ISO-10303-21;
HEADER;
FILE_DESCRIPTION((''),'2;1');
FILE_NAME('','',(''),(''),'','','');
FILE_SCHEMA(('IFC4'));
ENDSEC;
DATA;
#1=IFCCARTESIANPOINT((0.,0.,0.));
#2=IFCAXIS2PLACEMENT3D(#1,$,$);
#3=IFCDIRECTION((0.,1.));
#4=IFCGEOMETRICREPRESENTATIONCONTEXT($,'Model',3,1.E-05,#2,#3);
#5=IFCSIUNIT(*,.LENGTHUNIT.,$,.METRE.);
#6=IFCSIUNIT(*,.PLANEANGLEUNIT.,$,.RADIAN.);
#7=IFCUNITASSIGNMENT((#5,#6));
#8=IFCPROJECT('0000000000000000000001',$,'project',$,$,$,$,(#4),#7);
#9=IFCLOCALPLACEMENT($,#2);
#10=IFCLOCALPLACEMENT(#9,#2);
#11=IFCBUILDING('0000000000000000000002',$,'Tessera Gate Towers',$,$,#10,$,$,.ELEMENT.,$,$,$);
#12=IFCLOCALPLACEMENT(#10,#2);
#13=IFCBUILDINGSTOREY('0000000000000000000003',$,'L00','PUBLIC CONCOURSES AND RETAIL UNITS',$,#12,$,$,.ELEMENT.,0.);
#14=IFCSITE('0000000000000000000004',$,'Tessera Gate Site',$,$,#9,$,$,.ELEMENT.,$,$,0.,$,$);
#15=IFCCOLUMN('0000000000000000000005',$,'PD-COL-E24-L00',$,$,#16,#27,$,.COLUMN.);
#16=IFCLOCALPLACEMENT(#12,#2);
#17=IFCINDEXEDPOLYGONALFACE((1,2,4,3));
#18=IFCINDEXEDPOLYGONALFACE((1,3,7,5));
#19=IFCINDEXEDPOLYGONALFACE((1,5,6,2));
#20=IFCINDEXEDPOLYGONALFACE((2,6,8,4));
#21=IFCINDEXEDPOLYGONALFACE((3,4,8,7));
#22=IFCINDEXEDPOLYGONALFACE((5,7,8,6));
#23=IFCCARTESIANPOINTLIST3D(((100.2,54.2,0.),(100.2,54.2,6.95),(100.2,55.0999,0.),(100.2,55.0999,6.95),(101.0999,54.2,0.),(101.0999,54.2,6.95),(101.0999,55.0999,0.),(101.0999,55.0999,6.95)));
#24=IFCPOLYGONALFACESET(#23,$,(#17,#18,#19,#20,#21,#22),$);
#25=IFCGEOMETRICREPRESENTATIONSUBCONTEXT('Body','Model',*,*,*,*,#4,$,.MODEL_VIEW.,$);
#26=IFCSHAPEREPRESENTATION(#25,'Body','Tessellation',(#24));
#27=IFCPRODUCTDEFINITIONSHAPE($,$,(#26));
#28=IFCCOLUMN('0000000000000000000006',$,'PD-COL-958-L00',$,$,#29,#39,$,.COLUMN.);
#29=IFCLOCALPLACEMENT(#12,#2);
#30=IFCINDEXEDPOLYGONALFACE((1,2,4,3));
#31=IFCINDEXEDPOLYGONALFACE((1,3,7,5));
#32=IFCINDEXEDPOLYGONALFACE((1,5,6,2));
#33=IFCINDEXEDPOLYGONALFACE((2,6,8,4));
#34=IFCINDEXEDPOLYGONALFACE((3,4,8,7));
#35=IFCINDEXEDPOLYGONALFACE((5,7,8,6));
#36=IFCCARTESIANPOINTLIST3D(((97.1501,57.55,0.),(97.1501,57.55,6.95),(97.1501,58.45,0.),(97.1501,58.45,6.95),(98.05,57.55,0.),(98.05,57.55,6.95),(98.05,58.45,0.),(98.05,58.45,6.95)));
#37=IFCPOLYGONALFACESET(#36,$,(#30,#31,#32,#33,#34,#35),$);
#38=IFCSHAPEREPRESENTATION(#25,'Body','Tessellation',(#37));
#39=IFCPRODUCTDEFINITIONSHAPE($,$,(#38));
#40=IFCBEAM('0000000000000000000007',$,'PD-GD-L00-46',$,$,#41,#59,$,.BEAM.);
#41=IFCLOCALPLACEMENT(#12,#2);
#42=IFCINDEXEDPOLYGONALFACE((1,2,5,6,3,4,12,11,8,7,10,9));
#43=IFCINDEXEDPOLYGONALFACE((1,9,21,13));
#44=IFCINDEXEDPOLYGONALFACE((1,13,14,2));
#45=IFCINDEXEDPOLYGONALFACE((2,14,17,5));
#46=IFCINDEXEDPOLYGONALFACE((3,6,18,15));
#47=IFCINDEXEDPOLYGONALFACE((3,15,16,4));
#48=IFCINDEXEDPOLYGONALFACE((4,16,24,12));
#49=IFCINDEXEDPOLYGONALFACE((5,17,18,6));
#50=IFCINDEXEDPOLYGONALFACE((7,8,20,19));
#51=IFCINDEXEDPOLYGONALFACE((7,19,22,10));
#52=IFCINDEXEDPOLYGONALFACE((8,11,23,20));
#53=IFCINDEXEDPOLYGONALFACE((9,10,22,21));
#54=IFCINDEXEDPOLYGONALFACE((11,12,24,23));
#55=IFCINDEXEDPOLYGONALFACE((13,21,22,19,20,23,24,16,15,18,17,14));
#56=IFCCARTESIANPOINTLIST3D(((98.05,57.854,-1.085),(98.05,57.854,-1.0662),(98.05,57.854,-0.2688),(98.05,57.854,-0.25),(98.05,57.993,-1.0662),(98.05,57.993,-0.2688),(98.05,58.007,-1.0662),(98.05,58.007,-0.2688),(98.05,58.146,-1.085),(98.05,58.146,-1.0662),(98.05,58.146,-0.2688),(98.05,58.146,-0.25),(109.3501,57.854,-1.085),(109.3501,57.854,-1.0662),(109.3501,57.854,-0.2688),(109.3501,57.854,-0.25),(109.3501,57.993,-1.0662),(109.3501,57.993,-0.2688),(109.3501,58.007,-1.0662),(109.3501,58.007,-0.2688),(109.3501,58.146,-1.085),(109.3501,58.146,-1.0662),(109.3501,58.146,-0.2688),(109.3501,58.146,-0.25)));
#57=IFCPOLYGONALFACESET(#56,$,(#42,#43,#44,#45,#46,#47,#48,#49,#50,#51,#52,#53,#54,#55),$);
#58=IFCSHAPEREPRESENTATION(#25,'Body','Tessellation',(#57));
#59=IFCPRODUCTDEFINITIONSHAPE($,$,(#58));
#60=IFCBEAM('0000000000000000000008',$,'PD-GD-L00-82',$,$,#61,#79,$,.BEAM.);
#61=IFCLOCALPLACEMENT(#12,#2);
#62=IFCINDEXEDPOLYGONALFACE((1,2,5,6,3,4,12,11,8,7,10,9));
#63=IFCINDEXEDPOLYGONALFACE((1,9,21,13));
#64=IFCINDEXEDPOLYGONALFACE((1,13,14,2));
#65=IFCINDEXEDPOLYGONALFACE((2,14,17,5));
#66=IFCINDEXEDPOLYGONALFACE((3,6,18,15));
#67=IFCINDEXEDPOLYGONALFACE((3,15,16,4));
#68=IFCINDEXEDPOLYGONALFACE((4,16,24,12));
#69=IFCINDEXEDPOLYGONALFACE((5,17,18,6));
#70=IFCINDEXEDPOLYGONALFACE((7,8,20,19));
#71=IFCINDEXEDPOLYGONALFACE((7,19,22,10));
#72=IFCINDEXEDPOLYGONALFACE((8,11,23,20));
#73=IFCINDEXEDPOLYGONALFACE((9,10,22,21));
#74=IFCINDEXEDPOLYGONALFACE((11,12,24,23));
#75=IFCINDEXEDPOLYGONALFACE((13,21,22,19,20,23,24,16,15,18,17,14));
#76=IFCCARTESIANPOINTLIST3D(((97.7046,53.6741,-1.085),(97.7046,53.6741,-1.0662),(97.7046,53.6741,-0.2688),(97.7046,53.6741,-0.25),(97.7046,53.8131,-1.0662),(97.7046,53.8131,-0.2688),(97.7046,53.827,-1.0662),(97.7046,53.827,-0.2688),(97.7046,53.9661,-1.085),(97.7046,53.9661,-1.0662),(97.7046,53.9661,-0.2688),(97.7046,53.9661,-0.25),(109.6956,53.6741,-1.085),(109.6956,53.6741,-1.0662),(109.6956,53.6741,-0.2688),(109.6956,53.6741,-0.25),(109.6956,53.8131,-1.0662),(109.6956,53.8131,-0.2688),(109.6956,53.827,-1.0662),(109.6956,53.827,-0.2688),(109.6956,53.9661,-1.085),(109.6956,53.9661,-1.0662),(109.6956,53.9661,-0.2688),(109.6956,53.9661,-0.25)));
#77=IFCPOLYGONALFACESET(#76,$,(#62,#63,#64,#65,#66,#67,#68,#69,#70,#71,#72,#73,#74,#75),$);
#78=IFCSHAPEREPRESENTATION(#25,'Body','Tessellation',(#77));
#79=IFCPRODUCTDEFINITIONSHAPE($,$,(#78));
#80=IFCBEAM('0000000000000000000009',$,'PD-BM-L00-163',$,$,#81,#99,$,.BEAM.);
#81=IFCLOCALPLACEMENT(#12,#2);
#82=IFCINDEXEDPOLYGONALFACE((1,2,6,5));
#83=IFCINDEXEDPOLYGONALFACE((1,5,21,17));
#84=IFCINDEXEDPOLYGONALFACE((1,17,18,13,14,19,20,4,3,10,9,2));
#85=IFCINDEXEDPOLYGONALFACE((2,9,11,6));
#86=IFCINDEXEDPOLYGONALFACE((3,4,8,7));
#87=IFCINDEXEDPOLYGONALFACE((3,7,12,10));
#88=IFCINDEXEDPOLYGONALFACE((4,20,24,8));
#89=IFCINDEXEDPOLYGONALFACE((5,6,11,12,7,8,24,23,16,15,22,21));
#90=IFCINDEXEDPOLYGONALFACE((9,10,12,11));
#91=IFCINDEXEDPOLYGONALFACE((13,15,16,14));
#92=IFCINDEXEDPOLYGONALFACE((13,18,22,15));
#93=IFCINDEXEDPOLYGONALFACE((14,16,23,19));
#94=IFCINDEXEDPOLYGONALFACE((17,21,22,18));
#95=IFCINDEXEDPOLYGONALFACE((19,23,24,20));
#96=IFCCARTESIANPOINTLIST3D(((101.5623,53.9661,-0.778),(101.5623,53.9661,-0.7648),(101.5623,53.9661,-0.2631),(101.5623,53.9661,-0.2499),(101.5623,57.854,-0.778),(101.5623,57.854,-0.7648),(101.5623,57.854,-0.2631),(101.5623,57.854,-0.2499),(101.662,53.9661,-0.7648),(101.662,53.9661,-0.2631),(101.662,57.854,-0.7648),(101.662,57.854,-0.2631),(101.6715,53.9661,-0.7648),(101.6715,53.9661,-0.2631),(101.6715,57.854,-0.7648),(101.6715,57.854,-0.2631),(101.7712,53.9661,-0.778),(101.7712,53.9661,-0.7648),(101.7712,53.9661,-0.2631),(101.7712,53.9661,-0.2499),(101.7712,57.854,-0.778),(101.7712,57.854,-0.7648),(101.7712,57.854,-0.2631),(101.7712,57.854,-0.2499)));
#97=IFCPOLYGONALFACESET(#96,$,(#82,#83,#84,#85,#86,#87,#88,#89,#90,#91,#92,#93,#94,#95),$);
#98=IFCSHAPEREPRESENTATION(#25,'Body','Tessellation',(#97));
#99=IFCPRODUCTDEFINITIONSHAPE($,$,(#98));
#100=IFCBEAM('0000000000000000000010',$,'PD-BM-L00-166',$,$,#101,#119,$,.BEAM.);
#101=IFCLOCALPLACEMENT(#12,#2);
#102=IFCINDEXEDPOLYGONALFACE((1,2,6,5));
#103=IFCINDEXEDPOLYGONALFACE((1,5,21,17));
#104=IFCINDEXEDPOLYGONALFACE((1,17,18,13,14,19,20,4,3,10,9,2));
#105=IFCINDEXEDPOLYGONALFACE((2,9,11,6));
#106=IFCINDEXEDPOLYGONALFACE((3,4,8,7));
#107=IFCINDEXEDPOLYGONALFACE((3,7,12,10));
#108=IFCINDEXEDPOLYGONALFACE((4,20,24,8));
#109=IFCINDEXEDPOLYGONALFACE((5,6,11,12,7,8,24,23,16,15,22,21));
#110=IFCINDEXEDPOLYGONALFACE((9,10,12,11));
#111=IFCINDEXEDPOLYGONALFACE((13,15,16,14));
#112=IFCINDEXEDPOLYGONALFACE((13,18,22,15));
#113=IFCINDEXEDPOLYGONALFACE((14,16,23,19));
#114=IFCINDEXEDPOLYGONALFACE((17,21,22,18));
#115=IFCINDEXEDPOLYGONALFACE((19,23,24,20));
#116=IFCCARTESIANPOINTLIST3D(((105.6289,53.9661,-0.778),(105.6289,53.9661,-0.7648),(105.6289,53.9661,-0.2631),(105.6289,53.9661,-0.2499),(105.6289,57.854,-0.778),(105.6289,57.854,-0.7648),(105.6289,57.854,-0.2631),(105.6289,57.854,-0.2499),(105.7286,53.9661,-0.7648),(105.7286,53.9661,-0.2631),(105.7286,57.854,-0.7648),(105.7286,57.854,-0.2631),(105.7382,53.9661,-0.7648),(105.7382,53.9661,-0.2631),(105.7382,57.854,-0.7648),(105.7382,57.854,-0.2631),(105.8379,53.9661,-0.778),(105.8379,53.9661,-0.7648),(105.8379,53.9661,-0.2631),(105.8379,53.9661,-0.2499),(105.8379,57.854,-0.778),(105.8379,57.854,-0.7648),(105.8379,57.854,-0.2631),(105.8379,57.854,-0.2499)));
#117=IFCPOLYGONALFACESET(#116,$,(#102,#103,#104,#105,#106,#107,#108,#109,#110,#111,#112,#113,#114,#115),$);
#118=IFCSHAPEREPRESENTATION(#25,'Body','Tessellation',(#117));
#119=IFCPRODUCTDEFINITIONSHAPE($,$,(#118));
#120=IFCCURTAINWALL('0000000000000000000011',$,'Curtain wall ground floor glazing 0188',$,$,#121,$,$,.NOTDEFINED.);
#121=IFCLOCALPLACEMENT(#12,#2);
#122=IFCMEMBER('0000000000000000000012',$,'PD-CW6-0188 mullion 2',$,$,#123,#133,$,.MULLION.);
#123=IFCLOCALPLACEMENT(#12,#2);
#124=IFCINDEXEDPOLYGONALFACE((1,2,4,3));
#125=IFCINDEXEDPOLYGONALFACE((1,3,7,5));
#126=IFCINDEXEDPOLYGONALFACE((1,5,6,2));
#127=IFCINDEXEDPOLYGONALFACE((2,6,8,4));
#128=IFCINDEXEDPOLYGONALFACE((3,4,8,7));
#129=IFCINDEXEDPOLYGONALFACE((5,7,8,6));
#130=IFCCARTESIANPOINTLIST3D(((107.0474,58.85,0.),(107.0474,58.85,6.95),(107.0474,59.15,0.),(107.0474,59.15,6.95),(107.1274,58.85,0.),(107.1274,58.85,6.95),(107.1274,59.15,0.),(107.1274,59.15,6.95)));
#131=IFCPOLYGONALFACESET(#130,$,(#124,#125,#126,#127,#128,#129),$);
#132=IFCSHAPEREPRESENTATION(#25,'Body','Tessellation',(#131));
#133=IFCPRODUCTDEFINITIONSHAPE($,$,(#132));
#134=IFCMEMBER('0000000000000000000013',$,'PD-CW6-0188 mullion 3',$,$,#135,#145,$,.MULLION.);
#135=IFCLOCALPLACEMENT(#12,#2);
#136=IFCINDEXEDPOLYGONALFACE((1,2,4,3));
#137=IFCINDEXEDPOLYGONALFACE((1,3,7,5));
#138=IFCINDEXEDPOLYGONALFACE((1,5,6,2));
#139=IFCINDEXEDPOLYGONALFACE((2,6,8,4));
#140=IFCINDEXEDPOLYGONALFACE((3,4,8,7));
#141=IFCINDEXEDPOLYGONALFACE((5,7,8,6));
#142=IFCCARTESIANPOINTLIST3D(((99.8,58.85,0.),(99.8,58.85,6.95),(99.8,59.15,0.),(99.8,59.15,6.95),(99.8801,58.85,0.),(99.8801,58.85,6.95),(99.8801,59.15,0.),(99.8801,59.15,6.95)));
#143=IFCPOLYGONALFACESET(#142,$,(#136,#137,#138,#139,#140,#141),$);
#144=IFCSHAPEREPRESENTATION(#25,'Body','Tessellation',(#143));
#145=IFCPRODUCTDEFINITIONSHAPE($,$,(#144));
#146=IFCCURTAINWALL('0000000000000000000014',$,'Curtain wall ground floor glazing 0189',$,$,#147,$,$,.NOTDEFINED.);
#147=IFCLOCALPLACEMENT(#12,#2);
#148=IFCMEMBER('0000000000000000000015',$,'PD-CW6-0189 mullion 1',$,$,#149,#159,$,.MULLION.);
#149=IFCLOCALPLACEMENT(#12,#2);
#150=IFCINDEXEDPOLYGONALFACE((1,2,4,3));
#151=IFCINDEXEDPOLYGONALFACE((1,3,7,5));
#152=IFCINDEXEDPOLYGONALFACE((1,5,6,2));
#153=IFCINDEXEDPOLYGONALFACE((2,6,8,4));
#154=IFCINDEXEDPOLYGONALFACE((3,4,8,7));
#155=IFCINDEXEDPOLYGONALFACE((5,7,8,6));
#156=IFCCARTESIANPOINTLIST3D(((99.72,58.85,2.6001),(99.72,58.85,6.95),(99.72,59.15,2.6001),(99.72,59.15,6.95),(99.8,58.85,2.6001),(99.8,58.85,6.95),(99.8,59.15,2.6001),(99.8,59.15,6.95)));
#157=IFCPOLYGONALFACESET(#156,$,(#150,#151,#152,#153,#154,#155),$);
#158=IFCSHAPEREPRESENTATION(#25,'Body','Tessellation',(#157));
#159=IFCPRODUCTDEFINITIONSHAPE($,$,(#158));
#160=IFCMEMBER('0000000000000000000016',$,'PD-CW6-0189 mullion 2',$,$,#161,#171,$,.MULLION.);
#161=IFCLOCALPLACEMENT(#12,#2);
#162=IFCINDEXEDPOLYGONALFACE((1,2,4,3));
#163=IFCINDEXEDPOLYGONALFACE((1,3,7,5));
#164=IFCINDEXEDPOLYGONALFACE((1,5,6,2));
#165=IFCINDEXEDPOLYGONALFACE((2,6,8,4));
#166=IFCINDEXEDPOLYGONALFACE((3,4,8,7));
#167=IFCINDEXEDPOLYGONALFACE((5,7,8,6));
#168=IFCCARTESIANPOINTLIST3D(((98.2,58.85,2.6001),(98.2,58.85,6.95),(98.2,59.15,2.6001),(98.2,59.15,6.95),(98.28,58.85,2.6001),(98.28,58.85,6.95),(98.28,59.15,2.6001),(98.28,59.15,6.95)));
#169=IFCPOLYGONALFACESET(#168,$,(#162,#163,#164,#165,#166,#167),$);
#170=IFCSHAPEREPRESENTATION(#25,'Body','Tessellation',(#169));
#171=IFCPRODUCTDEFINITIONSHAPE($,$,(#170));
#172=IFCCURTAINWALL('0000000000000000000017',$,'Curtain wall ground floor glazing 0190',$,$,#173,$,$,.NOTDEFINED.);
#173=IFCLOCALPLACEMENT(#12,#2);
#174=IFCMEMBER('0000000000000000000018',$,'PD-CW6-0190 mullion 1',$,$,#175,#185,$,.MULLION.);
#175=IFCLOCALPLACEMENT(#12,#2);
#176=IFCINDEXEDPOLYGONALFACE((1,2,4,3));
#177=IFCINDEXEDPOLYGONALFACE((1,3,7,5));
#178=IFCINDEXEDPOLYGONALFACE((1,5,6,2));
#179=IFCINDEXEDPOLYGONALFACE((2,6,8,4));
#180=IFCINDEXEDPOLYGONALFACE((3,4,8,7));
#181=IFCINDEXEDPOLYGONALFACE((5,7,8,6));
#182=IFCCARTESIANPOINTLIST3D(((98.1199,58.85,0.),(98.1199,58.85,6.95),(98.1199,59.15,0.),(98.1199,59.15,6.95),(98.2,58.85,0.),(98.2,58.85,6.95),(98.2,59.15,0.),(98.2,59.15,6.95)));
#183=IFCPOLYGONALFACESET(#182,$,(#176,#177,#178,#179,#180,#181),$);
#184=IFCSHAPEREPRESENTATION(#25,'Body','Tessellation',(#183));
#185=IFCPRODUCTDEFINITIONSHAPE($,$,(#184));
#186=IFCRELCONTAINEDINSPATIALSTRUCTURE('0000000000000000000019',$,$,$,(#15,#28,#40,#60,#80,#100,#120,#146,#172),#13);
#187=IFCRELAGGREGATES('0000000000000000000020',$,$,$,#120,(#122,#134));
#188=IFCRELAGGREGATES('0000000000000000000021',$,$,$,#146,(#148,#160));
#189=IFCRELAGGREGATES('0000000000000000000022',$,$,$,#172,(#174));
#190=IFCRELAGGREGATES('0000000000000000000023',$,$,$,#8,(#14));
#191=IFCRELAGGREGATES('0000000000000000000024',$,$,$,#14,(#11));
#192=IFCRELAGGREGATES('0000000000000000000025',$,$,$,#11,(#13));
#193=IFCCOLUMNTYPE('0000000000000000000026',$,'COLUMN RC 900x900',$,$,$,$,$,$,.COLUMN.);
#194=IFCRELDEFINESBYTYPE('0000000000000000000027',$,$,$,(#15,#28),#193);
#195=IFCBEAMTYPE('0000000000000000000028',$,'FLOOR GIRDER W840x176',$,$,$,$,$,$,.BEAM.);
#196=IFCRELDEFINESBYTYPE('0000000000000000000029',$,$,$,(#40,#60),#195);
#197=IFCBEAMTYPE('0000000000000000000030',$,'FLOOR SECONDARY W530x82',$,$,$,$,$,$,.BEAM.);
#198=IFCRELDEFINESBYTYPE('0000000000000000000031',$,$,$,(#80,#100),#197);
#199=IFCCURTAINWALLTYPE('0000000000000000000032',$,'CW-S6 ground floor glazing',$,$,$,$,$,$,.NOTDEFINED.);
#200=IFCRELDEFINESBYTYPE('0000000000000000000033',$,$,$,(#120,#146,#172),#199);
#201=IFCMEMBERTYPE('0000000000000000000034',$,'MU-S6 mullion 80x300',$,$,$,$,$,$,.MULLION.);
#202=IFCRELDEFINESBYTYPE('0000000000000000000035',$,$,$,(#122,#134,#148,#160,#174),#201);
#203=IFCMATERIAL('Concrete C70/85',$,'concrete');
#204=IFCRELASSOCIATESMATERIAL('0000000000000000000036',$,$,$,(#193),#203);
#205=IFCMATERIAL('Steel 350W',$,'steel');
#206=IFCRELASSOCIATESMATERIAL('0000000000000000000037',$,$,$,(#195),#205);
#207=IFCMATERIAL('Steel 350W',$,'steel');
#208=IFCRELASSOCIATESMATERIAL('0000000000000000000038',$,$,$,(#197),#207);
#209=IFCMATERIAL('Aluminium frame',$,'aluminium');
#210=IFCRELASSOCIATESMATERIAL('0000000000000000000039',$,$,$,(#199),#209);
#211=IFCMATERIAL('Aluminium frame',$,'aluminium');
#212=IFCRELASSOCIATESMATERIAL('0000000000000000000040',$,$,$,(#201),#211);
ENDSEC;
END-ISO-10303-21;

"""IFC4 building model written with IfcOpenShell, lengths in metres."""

from ifc_helpers import new_model, si_unit, direction, frame, origin, origin_2d, place, context, subcontext, project, spatial, rectangle, i_section, extrude, material, material_profile, profile_set, type_object, element, aggregate, save


model = new_model("IFC4")

# Units and contexts
model_context = context("Model", 3, precision=1e-05, world=origin(), true_north=direction((0.0, 1.0)))
body_context = subcontext(model_context, "Body", "Model", "MODEL_VIEW")
ifc_project = project(units=[si_unit("LENGTHUNIT", "METRE"), si_unit("PLANEANGLEUNIT", "RADIAN")], contexts=[model_context])

# Site, building, storey
site_placement = place(None, origin())
site = spatial("IfcSite", under=ifc_project, at=site_placement, Name="Tessera Gate Site", CompositionType="ELEMENT", RefElevation=0.0)
building_placement = place(site_placement, origin())
building = spatial("IfcBuilding", under=site, at=building_placement, Name="Tessera Gate Towers", CompositionType="ELEMENT")
storey_placement = place(building_placement, origin())
storey = spatial("IfcBuildingStorey", under=building, at=storey_placement, Name="L00", Description="PUBLIC CONCOURSES AND RETAIL UNITS", CompositionType="ELEMENT", Elevation=0.0)

# Columns
ifc_material_1 = material(Name="Concrete C70/85", Category="concrete")
ifc_material_profile_1 = material_profile(ifc_material_1, rectangle(XDim=0.8999, YDim=0.8999, at=origin_2d()), Name="RC 900x900")
ifc_profile_set_1 = profile_set([ifc_material_profile_1], Name="Concrete C70/85")
column_type = type_object("IfcColumnType", Name="COLUMN RC 900x900", PredefinedType="COLUMN", material=ifc_profile_set_1)
for number, where, z_axis, x_axis, name in (
    (1, (100.6499, 54.6499, 0.0), (0.0, 0.0, 1.0), (1.0, 0.0, 0.0), "PD-COL-E24-L00"),
    (2, (97.6001, 58.0, 0.0), (0.0, 0.0, 1.0), (1.0, 0.0, 0.0), "PD-COL-958-L00"),
):
    element("IfcColumn", number, at=place(storey_placement, frame(where, z_axis=z_axis, x_axis=x_axis)), inside=storey, type_object=column_type, Name=name, PredefinedType="COLUMN", context=body_context, shape_type="SweptSolid", body=[
        extrude(rectangle(XDim=0.8999, YDim=0.8999, at=origin_2d()), origin(), (0.0, 0.0, 1.0), 6.95),
    ])

# Beams
ifc_material_2 = material(Name="Steel 350W", Category="steel")
ifc_material_profile_2 = material_profile(ifc_material_2, i_section(OverallWidth=0.292, OverallDepth=0.835, WebThickness=0.0139, FlangeThickness=0.0188, at=origin_2d()), Name="W840x176")
ifc_profile_set_2 = profile_set([ifc_material_profile_2], Name="Steel 350W")
beam_type_1 = type_object("IfcBeamType", Name="FLOOR GIRDER W840x176", PredefinedType="BEAM", material=ifc_profile_set_2)
beam_1_placement = place(storey_placement, frame((98.05, 58.0, -0.6675), z_axis=(1.0, 0.0, 0.0), x_axis=(0.0, 1.0, 0.0)))
element("IfcBeam", 3, at=beam_1_placement, inside=storey, type_object=beam_type_1, Name="PD-GD-L00-46", PredefinedType="BEAM", context=body_context, shape_type="SweptSolid", body=[
    extrude(i_section(OverallWidth=0.292, OverallDepth=0.835, WebThickness=0.0139, FlangeThickness=0.0188, at=origin_2d()), origin(), (0.0, 0.0, 1.0), 11.3),
])
beam_2_placement = place(storey_placement, frame((97.7046, 53.8201, -0.6675), z_axis=(1.0, 0.0, 0.0), x_axis=(0.0, 1.0, 0.0)))
element("IfcBeam", 4, at=beam_2_placement, inside=storey, type_object=beam_type_1, Name="PD-GD-L00-82", PredefinedType="BEAM", context=body_context, shape_type="SweptSolid", body=[
    extrude(i_section(OverallWidth=0.292, OverallDepth=0.835, WebThickness=0.0139, FlangeThickness=0.0188, at=origin_2d()), origin(), (0.0, 0.0, 1.0), 11.991),
])
ifc_material_3 = material(Name="Steel 350W", Category="steel")
ifc_material_profile_3 = material_profile(ifc_material_3, i_section(OverallWidth=0.209, OverallDepth=0.5281, WebThickness=0.0095, FlangeThickness=0.0132, at=origin_2d()), Name="W530x82")
ifc_profile_set_3 = profile_set([ifc_material_profile_3], Name="Steel 350W")
beam_type_2 = type_object("IfcBeamType", Name="FLOOR SECONDARY W530x82", PredefinedType="BEAM", material=ifc_profile_set_3)
for number, where, z_axis, x_axis, name in (
    (5, (101.6667, 53.9661, -0.5139), (0.0, 1.0, 0.0), (-1.0, 0.0, 0.0), "PD-BM-L00-163"),
    (6, (105.7334, 53.9661, -0.5139), (0.0, 1.0, 0.0), (-1.0, 0.0, 0.0), "PD-BM-L00-166"),
):
    element("IfcBeam", number, at=place(storey_placement, frame(where, z_axis=z_axis, x_axis=x_axis)), inside=storey, type_object=beam_type_2, Name=name, PredefinedType="BEAM", context=body_context, shape_type="SweptSolid", body=[
        extrude(i_section(OverallWidth=0.209, OverallDepth=0.5281, WebThickness=0.0095, FlangeThickness=0.0132, at=origin_2d()), origin(), (0.0, 0.0, 1.0), 3.8879),
    ])

# Curtain walls, members
ifc_material_4 = material(Name="Aluminium frame", Category="aluminium")
curtain_wall_type = type_object("IfcCurtainWallType", Name="CW-S6 ground floor glazing", PredefinedType="NOTDEFINED", material=ifc_material_4)
curtain_wall_1_placement = place(storey_placement, origin())
curtain_wall_1 = element("IfcCurtainWall", 7, at=curtain_wall_1_placement, inside=storey, type_object=curtain_wall_type, Name="Curtain wall ground floor glazing 0188", PredefinedType="NOTDEFINED")
ifc_material_5 = material(Name="Aluminium frame", Category="aluminium")
ifc_material_profile_4 = material_profile(ifc_material_5, rectangle(XDim=0.0801, YDim=0.3, at=origin_2d()), Name="AL 80x300")
ifc_profile_set_4 = profile_set([ifc_material_profile_4], Name="Aluminium frame")
member_type_1 = type_object("IfcMemberType", Name="MU-S6 mullion 80x300", PredefinedType="MULLION", material=ifc_profile_set_4)
member_1_placement = place(storey_placement, frame((107.0874, 59.0, 0.0), z_axis=(0.0, 0.0, 1.0), x_axis=(-1.0, 0.0, 0.0)))
member_1 = element("IfcMember", 8, at=member_1_placement, type_object=member_type_1, Name="PD-CW6-0188 mullion 2", PredefinedType="MULLION", context=body_context, shape_type="SweptSolid", body=[
    extrude(rectangle(XDim=0.0801, YDim=0.3, at=origin_2d()), origin(), (0.0, 0.0, 1.0), 6.95),
])
member_2_placement = place(storey_placement, frame((99.8401, 59.0, 0.0), z_axis=(0.0, 0.0, 1.0), x_axis=(-1.0, 0.0, 0.0)))
member_2 = element("IfcMember", 9, at=member_2_placement, type_object=member_type_1, Name="PD-CW6-0188 mullion 3", PredefinedType="MULLION", context=body_context, shape_type="SweptSolid", body=[
    extrude(rectangle(XDim=0.0801, YDim=0.3, at=origin_2d()), origin(), (0.0, 0.0, 1.0), 6.95),
])
curtain_wall_2_placement = place(storey_placement, origin())
curtain_wall_2 = element("IfcCurtainWall", 10, at=curtain_wall_2_placement, inside=storey, type_object=curtain_wall_type, Name="Curtain wall ground floor glazing 0189", PredefinedType="NOTDEFINED")
member_3_placement = place(storey_placement, frame((99.76, 59.0, 2.6001), z_axis=(0.0, 0.0, 1.0), x_axis=(-1.0, 0.0, 0.0)))
member_3 = element("IfcMember", 11, at=member_3_placement, type_object=member_type_1, Name="PD-CW6-0189 mullion 1", PredefinedType="MULLION", context=body_context, shape_type="SweptSolid", body=[
    extrude(rectangle(XDim=0.0801, YDim=0.3, at=origin_2d()), origin(), (0.0, 0.0, 1.0), 4.3499),
])
member_4_placement = place(storey_placement, frame((98.24, 59.0, 2.6001), z_axis=(0.0, 0.0, 1.0), x_axis=(-1.0, 0.0, 0.0)))
member_4 = element("IfcMember", 12, at=member_4_placement, type_object=member_type_1, Name="PD-CW6-0189 mullion 2", PredefinedType="MULLION", context=body_context, shape_type="SweptSolid", body=[
    extrude(rectangle(XDim=0.0801, YDim=0.3, at=origin_2d()), origin(), (0.0, 0.0, 1.0), 4.3499),
])

# Curtain wall, member
curtain_wall_3_placement = place(storey_placement, origin())
curtain_wall_3 = element("IfcCurtainWall", 13, at=curtain_wall_3_placement, inside=storey, type_object=curtain_wall_type, Name="Curtain wall ground floor glazing 0190", PredefinedType="NOTDEFINED")
member_5_placement = place(storey_placement, frame((98.1599, 59.0, 0.0), z_axis=(0.0, 0.0, 1.0), x_axis=(-1.0, 0.0, 0.0)))
member_5 = element("IfcMember", 14, at=member_5_placement, type_object=member_type_1, Name="PD-CW6-0190 mullion 1", PredefinedType="MULLION", context=body_context, shape_type="SweptSolid", body=[
    extrude(rectangle(XDim=0.0801, YDim=0.3, at=origin_2d()), origin(), (0.0, 0.0, 1.0), 6.95),
])

aggregate(curtain_wall_1, [member_1, member_2])
aggregate(curtain_wall_2, [member_3, member_4])
aggregate(curtain_wall_3, [member_5])

save(model, "model.ifc")
